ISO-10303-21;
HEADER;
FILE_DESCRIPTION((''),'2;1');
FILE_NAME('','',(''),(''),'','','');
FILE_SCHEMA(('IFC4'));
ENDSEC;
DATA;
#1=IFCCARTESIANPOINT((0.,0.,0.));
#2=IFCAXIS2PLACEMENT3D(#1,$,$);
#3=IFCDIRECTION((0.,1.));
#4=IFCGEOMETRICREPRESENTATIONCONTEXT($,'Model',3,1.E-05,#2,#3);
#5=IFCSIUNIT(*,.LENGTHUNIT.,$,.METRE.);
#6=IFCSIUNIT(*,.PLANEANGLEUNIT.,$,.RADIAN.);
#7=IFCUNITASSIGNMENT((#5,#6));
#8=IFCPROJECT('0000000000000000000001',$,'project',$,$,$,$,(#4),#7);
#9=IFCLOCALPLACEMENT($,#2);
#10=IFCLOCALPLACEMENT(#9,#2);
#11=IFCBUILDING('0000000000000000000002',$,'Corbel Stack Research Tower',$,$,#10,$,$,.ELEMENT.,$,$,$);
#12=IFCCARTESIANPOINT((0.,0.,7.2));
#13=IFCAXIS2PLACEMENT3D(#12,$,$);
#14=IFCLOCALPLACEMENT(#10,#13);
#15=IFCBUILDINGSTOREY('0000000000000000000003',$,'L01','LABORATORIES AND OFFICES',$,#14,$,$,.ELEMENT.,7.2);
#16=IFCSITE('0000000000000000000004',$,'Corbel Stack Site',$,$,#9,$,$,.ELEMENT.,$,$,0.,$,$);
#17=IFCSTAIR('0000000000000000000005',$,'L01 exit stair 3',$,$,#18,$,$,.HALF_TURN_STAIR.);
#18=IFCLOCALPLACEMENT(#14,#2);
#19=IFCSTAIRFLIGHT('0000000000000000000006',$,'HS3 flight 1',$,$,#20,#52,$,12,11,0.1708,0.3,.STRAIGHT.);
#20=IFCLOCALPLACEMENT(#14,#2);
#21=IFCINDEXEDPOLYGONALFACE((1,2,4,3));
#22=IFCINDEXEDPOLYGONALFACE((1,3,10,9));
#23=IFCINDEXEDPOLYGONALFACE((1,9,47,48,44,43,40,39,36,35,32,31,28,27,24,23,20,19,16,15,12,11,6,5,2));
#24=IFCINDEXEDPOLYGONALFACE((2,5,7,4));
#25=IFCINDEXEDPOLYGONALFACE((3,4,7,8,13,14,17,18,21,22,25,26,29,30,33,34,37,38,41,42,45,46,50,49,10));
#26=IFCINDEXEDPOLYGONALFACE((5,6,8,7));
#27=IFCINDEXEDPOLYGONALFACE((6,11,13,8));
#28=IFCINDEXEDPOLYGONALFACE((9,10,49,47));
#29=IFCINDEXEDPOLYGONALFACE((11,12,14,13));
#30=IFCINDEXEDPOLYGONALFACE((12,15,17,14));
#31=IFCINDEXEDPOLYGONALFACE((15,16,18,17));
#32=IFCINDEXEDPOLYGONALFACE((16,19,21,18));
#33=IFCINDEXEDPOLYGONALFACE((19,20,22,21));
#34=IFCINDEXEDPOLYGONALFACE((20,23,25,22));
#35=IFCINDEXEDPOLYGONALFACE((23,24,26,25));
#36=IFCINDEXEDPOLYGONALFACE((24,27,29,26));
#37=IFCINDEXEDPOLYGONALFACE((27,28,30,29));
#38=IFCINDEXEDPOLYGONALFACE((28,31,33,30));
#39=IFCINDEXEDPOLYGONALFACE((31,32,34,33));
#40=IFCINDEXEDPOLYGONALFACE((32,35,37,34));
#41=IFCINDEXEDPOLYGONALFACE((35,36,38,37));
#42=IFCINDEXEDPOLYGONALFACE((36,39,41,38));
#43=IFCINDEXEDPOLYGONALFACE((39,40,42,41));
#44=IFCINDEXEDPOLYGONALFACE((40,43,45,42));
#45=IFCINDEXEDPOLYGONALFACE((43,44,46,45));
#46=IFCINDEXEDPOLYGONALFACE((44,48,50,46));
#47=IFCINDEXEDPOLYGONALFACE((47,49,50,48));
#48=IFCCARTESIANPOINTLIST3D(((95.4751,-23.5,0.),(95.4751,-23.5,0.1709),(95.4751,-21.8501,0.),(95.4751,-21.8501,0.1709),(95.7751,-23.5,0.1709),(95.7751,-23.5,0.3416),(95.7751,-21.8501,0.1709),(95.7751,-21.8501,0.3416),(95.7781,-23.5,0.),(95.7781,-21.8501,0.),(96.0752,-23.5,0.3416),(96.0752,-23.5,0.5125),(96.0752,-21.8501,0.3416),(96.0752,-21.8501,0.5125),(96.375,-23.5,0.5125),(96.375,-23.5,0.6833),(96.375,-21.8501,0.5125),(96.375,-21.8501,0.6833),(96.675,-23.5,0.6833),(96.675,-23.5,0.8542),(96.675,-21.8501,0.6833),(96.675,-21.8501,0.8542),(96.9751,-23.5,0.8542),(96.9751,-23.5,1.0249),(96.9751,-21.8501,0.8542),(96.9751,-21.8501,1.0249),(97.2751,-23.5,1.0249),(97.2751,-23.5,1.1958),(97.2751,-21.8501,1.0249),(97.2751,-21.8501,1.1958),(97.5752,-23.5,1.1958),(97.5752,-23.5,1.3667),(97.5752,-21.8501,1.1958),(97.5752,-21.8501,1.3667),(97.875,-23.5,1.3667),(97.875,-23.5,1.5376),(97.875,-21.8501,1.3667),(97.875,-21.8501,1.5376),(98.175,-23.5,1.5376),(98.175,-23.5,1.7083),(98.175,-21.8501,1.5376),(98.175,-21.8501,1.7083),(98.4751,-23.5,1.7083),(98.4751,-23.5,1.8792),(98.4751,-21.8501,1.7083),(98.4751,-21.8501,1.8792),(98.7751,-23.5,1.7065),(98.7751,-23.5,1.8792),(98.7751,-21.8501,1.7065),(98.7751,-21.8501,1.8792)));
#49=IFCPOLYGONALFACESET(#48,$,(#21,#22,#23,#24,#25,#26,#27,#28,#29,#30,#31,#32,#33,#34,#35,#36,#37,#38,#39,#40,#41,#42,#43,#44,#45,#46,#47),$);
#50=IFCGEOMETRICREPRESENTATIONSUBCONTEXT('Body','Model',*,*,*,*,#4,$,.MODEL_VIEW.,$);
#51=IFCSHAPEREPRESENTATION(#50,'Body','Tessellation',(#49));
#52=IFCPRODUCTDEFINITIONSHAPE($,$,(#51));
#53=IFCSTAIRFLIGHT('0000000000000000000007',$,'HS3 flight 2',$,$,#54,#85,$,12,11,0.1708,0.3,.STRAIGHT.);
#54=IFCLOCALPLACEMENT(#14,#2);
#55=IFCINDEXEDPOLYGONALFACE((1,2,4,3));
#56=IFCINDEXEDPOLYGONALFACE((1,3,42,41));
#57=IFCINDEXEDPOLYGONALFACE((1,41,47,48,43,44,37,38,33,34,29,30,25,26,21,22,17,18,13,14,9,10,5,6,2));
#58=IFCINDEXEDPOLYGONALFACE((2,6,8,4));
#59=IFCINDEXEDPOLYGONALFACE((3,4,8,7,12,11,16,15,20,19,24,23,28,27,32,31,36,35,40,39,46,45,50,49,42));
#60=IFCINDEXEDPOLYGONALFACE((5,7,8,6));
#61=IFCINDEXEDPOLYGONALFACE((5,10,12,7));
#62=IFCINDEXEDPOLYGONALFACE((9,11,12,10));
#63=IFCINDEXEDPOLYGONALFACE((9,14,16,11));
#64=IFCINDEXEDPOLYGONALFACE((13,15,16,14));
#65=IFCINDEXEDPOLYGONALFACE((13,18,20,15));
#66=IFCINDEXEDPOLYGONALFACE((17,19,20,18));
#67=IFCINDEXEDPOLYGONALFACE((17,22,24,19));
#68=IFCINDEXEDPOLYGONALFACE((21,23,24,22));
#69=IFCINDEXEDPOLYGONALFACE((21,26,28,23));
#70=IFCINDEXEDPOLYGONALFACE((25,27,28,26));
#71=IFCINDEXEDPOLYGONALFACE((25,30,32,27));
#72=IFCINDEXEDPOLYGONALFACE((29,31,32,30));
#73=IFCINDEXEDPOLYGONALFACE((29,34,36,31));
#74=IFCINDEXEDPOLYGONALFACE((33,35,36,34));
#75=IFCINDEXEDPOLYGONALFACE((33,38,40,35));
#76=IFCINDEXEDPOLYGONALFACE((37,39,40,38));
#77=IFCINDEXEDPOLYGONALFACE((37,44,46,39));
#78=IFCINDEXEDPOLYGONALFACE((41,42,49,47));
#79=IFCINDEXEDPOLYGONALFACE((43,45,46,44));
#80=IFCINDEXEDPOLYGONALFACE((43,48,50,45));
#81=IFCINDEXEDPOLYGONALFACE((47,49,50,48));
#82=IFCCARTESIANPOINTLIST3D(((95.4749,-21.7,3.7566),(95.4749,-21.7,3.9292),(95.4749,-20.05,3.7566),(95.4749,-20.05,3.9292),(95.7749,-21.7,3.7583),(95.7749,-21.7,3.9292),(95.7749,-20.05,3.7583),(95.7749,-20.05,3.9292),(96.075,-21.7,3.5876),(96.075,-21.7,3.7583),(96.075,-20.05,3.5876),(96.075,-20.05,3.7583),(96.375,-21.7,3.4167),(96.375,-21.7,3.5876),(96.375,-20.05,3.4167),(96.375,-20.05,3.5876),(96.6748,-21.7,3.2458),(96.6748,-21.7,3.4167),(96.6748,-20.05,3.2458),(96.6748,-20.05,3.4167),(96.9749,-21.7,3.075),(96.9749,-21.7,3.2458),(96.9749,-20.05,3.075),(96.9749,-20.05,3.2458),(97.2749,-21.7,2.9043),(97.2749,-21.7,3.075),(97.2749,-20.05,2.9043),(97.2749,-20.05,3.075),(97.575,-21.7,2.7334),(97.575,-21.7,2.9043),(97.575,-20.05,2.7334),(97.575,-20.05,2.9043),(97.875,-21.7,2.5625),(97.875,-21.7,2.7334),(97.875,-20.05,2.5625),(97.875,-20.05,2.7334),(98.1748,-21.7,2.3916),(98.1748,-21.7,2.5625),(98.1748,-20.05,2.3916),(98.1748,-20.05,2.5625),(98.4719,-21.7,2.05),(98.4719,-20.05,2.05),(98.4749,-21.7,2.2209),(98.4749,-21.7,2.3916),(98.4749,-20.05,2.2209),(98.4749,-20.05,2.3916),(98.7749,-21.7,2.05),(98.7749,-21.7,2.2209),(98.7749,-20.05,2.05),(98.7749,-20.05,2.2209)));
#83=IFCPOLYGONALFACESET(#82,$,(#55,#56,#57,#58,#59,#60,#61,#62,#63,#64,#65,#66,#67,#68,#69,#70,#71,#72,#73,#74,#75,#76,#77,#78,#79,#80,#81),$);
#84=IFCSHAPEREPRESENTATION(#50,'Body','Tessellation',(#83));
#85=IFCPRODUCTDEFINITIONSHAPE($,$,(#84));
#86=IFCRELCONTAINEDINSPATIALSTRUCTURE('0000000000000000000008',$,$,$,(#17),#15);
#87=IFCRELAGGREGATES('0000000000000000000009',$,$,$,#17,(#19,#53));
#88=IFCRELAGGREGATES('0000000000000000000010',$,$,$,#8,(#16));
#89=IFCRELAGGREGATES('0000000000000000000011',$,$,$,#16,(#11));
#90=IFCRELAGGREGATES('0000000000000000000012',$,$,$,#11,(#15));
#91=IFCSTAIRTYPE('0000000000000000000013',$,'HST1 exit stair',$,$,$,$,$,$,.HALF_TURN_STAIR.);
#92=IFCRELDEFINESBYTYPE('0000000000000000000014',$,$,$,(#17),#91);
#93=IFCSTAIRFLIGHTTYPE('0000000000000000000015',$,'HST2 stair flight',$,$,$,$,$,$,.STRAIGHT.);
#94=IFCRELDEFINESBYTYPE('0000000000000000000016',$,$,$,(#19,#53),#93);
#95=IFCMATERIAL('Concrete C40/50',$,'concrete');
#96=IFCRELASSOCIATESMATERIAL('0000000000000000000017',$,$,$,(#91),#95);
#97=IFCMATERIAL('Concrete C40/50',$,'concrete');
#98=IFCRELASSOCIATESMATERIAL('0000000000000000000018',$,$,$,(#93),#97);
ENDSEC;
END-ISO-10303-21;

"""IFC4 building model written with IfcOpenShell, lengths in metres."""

from ifc_helpers import new_model, si_unit, direction, frame, origin, place, context, subcontext, project, spatial, polyline, outline, extrude, material, type_object, element, aggregate, save


model = new_model("IFC4")

# Units and contexts
model_context = context("Model", 3, precision=1e-05, world=origin(), true_north=direction((0.0, 1.0)))
body_context = subcontext(model_context, "Body", "Model", "MODEL_VIEW")
ifc_project = project(units=[si_unit("LENGTHUNIT", "METRE"), si_unit("PLANEANGLEUNIT", "RADIAN")], contexts=[model_context])

# Site, building, storey
site_placement = place(None, origin())
site = spatial("IfcSite", under=ifc_project, at=site_placement, Name="Corbel Stack Site", CompositionType="ELEMENT", RefElevation=0.0)
building_placement = place(site_placement, origin())
building = spatial("IfcBuilding", under=site, at=building_placement, Name="Corbel Stack Research Tower", CompositionType="ELEMENT")
storey_placement = place(building_placement, frame((0.0, 0.0, 7.2)))
storey = spatial("IfcBuildingStorey", under=building, at=storey_placement, Name="L01", Description="LABORATORIES AND OFFICES", CompositionType="ELEMENT", Elevation=7.2)

# Stair, stair flights
ifc_material_1 = material(Name="Concrete C40/50", Category="concrete")
stair_type = type_object("IfcStairType", Name="HST1 exit stair", PredefinedType="HALF_TURN_STAIR", material=ifc_material_1)
stair_placement = place(storey_placement, origin())
stair = element("IfcStair", 1, at=stair_placement, inside=storey, type_object=stair_type, Name="L01 exit stair 3", PredefinedType="HALF_TURN_STAIR")
ifc_material_2 = material(Name="Concrete C40/50", Category="concrete")
stair_flight_type = type_object("IfcStairFlightType", Name="HST2 stair flight", PredefinedType="STRAIGHT", material=ifc_material_2)
stair_flight_1_placement = place(storey_placement, frame((95.4751, -22.675, 0.0), z_axis=(0.0, 0.0, 1.0), x_axis=(1.0, 0.0, 0.0)))
stair_flight_1 = element("IfcStairFlight", 2, at=stair_flight_1_placement, type_object=stair_flight_type, Name="HS3 flight 1", NumberOfRisers=12, NumberOfTreads=11, PredefinedType="STRAIGHT", RiserHeight=0.1708, TreadLength=0.3, context=body_context, shape_type="SweptSolid", body=[
    extrude(outline(polyline([(0.0, 0.0), (0.0, 0.1709), (0.3, 0.1709), (0.3, 0.3416), (0.6001, 0.3416), (0.6001, 0.5125), (0.8999, 0.5125), (0.8999, 0.6833), (1.2, 0.6833), (1.2, 0.8542), (1.5, 0.8542), (1.5, 1.0249), (1.8, 1.0249), (1.8, 1.1958), (2.1001, 1.1958), (2.1001, 1.3667), (2.3999, 1.3667), (2.3999, 1.5376), (2.7, 1.5376), (2.7, 1.7083), (3.0, 1.7083), (3.0, 1.8792), (3.3, 1.8792), (3.3, 2.05), (3.3, 1.7065), (0.303, 0.0), (0.0, 0.0)])), frame((0.0, 0.825, 0.0), z_axis=(0.0, -1.0, 0.0), x_axis=(1.0, 0.0, 0.0)), (0.0, 0.0, 1.0), 1.6499),
])
stair_flight_2_placement = place(storey_placement, frame((98.7749, -20.875, 2.05), z_axis=(0.0, 0.0, 1.0), x_axis=(-1.0, 0.0, 0.0)))
stair_flight_2 = element("IfcStairFlight", 3, at=stair_flight_2_placement, type_object=stair_flight_type, Name="HS3 flight 2", NumberOfRisers=12, NumberOfTreads=11, PredefinedType="STRAIGHT", RiserHeight=0.1708, TreadLength=0.3, context=body_context, shape_type="SweptSolid", body=[
    extrude(outline(polyline([(0.0, 0.0), (0.0, 0.1709), (0.3, 0.1709), (0.3, 0.3416), (0.6001, 0.3416), (0.6001, 0.5125), (0.8999, 0.5125), (0.8999, 0.6833), (1.2, 0.6833), (1.2, 0.8542), (1.5, 0.8542), (1.5, 1.0249), (1.8, 1.0249), (1.8, 1.1958), (2.1001, 1.1958), (2.1001, 1.3667), (2.3999, 1.3667), (2.3999, 1.5376), (2.7, 1.5376), (2.7, 1.7083), (3.0, 1.7083), (3.0, 1.8792), (3.3, 1.8792), (3.3, 2.05), (3.3, 1.7065), (0.303, 0.0), (0.0, 0.0)])), frame((0.0, 0.825, 0.0), z_axis=(0.0, -1.0, 0.0), x_axis=(1.0, 0.0, 0.0)), (0.0, 0.0, 1.0), 1.6499),
])
aggregate(stair, [stair_flight_1, stair_flight_2])

save(model, "model.ifc")
